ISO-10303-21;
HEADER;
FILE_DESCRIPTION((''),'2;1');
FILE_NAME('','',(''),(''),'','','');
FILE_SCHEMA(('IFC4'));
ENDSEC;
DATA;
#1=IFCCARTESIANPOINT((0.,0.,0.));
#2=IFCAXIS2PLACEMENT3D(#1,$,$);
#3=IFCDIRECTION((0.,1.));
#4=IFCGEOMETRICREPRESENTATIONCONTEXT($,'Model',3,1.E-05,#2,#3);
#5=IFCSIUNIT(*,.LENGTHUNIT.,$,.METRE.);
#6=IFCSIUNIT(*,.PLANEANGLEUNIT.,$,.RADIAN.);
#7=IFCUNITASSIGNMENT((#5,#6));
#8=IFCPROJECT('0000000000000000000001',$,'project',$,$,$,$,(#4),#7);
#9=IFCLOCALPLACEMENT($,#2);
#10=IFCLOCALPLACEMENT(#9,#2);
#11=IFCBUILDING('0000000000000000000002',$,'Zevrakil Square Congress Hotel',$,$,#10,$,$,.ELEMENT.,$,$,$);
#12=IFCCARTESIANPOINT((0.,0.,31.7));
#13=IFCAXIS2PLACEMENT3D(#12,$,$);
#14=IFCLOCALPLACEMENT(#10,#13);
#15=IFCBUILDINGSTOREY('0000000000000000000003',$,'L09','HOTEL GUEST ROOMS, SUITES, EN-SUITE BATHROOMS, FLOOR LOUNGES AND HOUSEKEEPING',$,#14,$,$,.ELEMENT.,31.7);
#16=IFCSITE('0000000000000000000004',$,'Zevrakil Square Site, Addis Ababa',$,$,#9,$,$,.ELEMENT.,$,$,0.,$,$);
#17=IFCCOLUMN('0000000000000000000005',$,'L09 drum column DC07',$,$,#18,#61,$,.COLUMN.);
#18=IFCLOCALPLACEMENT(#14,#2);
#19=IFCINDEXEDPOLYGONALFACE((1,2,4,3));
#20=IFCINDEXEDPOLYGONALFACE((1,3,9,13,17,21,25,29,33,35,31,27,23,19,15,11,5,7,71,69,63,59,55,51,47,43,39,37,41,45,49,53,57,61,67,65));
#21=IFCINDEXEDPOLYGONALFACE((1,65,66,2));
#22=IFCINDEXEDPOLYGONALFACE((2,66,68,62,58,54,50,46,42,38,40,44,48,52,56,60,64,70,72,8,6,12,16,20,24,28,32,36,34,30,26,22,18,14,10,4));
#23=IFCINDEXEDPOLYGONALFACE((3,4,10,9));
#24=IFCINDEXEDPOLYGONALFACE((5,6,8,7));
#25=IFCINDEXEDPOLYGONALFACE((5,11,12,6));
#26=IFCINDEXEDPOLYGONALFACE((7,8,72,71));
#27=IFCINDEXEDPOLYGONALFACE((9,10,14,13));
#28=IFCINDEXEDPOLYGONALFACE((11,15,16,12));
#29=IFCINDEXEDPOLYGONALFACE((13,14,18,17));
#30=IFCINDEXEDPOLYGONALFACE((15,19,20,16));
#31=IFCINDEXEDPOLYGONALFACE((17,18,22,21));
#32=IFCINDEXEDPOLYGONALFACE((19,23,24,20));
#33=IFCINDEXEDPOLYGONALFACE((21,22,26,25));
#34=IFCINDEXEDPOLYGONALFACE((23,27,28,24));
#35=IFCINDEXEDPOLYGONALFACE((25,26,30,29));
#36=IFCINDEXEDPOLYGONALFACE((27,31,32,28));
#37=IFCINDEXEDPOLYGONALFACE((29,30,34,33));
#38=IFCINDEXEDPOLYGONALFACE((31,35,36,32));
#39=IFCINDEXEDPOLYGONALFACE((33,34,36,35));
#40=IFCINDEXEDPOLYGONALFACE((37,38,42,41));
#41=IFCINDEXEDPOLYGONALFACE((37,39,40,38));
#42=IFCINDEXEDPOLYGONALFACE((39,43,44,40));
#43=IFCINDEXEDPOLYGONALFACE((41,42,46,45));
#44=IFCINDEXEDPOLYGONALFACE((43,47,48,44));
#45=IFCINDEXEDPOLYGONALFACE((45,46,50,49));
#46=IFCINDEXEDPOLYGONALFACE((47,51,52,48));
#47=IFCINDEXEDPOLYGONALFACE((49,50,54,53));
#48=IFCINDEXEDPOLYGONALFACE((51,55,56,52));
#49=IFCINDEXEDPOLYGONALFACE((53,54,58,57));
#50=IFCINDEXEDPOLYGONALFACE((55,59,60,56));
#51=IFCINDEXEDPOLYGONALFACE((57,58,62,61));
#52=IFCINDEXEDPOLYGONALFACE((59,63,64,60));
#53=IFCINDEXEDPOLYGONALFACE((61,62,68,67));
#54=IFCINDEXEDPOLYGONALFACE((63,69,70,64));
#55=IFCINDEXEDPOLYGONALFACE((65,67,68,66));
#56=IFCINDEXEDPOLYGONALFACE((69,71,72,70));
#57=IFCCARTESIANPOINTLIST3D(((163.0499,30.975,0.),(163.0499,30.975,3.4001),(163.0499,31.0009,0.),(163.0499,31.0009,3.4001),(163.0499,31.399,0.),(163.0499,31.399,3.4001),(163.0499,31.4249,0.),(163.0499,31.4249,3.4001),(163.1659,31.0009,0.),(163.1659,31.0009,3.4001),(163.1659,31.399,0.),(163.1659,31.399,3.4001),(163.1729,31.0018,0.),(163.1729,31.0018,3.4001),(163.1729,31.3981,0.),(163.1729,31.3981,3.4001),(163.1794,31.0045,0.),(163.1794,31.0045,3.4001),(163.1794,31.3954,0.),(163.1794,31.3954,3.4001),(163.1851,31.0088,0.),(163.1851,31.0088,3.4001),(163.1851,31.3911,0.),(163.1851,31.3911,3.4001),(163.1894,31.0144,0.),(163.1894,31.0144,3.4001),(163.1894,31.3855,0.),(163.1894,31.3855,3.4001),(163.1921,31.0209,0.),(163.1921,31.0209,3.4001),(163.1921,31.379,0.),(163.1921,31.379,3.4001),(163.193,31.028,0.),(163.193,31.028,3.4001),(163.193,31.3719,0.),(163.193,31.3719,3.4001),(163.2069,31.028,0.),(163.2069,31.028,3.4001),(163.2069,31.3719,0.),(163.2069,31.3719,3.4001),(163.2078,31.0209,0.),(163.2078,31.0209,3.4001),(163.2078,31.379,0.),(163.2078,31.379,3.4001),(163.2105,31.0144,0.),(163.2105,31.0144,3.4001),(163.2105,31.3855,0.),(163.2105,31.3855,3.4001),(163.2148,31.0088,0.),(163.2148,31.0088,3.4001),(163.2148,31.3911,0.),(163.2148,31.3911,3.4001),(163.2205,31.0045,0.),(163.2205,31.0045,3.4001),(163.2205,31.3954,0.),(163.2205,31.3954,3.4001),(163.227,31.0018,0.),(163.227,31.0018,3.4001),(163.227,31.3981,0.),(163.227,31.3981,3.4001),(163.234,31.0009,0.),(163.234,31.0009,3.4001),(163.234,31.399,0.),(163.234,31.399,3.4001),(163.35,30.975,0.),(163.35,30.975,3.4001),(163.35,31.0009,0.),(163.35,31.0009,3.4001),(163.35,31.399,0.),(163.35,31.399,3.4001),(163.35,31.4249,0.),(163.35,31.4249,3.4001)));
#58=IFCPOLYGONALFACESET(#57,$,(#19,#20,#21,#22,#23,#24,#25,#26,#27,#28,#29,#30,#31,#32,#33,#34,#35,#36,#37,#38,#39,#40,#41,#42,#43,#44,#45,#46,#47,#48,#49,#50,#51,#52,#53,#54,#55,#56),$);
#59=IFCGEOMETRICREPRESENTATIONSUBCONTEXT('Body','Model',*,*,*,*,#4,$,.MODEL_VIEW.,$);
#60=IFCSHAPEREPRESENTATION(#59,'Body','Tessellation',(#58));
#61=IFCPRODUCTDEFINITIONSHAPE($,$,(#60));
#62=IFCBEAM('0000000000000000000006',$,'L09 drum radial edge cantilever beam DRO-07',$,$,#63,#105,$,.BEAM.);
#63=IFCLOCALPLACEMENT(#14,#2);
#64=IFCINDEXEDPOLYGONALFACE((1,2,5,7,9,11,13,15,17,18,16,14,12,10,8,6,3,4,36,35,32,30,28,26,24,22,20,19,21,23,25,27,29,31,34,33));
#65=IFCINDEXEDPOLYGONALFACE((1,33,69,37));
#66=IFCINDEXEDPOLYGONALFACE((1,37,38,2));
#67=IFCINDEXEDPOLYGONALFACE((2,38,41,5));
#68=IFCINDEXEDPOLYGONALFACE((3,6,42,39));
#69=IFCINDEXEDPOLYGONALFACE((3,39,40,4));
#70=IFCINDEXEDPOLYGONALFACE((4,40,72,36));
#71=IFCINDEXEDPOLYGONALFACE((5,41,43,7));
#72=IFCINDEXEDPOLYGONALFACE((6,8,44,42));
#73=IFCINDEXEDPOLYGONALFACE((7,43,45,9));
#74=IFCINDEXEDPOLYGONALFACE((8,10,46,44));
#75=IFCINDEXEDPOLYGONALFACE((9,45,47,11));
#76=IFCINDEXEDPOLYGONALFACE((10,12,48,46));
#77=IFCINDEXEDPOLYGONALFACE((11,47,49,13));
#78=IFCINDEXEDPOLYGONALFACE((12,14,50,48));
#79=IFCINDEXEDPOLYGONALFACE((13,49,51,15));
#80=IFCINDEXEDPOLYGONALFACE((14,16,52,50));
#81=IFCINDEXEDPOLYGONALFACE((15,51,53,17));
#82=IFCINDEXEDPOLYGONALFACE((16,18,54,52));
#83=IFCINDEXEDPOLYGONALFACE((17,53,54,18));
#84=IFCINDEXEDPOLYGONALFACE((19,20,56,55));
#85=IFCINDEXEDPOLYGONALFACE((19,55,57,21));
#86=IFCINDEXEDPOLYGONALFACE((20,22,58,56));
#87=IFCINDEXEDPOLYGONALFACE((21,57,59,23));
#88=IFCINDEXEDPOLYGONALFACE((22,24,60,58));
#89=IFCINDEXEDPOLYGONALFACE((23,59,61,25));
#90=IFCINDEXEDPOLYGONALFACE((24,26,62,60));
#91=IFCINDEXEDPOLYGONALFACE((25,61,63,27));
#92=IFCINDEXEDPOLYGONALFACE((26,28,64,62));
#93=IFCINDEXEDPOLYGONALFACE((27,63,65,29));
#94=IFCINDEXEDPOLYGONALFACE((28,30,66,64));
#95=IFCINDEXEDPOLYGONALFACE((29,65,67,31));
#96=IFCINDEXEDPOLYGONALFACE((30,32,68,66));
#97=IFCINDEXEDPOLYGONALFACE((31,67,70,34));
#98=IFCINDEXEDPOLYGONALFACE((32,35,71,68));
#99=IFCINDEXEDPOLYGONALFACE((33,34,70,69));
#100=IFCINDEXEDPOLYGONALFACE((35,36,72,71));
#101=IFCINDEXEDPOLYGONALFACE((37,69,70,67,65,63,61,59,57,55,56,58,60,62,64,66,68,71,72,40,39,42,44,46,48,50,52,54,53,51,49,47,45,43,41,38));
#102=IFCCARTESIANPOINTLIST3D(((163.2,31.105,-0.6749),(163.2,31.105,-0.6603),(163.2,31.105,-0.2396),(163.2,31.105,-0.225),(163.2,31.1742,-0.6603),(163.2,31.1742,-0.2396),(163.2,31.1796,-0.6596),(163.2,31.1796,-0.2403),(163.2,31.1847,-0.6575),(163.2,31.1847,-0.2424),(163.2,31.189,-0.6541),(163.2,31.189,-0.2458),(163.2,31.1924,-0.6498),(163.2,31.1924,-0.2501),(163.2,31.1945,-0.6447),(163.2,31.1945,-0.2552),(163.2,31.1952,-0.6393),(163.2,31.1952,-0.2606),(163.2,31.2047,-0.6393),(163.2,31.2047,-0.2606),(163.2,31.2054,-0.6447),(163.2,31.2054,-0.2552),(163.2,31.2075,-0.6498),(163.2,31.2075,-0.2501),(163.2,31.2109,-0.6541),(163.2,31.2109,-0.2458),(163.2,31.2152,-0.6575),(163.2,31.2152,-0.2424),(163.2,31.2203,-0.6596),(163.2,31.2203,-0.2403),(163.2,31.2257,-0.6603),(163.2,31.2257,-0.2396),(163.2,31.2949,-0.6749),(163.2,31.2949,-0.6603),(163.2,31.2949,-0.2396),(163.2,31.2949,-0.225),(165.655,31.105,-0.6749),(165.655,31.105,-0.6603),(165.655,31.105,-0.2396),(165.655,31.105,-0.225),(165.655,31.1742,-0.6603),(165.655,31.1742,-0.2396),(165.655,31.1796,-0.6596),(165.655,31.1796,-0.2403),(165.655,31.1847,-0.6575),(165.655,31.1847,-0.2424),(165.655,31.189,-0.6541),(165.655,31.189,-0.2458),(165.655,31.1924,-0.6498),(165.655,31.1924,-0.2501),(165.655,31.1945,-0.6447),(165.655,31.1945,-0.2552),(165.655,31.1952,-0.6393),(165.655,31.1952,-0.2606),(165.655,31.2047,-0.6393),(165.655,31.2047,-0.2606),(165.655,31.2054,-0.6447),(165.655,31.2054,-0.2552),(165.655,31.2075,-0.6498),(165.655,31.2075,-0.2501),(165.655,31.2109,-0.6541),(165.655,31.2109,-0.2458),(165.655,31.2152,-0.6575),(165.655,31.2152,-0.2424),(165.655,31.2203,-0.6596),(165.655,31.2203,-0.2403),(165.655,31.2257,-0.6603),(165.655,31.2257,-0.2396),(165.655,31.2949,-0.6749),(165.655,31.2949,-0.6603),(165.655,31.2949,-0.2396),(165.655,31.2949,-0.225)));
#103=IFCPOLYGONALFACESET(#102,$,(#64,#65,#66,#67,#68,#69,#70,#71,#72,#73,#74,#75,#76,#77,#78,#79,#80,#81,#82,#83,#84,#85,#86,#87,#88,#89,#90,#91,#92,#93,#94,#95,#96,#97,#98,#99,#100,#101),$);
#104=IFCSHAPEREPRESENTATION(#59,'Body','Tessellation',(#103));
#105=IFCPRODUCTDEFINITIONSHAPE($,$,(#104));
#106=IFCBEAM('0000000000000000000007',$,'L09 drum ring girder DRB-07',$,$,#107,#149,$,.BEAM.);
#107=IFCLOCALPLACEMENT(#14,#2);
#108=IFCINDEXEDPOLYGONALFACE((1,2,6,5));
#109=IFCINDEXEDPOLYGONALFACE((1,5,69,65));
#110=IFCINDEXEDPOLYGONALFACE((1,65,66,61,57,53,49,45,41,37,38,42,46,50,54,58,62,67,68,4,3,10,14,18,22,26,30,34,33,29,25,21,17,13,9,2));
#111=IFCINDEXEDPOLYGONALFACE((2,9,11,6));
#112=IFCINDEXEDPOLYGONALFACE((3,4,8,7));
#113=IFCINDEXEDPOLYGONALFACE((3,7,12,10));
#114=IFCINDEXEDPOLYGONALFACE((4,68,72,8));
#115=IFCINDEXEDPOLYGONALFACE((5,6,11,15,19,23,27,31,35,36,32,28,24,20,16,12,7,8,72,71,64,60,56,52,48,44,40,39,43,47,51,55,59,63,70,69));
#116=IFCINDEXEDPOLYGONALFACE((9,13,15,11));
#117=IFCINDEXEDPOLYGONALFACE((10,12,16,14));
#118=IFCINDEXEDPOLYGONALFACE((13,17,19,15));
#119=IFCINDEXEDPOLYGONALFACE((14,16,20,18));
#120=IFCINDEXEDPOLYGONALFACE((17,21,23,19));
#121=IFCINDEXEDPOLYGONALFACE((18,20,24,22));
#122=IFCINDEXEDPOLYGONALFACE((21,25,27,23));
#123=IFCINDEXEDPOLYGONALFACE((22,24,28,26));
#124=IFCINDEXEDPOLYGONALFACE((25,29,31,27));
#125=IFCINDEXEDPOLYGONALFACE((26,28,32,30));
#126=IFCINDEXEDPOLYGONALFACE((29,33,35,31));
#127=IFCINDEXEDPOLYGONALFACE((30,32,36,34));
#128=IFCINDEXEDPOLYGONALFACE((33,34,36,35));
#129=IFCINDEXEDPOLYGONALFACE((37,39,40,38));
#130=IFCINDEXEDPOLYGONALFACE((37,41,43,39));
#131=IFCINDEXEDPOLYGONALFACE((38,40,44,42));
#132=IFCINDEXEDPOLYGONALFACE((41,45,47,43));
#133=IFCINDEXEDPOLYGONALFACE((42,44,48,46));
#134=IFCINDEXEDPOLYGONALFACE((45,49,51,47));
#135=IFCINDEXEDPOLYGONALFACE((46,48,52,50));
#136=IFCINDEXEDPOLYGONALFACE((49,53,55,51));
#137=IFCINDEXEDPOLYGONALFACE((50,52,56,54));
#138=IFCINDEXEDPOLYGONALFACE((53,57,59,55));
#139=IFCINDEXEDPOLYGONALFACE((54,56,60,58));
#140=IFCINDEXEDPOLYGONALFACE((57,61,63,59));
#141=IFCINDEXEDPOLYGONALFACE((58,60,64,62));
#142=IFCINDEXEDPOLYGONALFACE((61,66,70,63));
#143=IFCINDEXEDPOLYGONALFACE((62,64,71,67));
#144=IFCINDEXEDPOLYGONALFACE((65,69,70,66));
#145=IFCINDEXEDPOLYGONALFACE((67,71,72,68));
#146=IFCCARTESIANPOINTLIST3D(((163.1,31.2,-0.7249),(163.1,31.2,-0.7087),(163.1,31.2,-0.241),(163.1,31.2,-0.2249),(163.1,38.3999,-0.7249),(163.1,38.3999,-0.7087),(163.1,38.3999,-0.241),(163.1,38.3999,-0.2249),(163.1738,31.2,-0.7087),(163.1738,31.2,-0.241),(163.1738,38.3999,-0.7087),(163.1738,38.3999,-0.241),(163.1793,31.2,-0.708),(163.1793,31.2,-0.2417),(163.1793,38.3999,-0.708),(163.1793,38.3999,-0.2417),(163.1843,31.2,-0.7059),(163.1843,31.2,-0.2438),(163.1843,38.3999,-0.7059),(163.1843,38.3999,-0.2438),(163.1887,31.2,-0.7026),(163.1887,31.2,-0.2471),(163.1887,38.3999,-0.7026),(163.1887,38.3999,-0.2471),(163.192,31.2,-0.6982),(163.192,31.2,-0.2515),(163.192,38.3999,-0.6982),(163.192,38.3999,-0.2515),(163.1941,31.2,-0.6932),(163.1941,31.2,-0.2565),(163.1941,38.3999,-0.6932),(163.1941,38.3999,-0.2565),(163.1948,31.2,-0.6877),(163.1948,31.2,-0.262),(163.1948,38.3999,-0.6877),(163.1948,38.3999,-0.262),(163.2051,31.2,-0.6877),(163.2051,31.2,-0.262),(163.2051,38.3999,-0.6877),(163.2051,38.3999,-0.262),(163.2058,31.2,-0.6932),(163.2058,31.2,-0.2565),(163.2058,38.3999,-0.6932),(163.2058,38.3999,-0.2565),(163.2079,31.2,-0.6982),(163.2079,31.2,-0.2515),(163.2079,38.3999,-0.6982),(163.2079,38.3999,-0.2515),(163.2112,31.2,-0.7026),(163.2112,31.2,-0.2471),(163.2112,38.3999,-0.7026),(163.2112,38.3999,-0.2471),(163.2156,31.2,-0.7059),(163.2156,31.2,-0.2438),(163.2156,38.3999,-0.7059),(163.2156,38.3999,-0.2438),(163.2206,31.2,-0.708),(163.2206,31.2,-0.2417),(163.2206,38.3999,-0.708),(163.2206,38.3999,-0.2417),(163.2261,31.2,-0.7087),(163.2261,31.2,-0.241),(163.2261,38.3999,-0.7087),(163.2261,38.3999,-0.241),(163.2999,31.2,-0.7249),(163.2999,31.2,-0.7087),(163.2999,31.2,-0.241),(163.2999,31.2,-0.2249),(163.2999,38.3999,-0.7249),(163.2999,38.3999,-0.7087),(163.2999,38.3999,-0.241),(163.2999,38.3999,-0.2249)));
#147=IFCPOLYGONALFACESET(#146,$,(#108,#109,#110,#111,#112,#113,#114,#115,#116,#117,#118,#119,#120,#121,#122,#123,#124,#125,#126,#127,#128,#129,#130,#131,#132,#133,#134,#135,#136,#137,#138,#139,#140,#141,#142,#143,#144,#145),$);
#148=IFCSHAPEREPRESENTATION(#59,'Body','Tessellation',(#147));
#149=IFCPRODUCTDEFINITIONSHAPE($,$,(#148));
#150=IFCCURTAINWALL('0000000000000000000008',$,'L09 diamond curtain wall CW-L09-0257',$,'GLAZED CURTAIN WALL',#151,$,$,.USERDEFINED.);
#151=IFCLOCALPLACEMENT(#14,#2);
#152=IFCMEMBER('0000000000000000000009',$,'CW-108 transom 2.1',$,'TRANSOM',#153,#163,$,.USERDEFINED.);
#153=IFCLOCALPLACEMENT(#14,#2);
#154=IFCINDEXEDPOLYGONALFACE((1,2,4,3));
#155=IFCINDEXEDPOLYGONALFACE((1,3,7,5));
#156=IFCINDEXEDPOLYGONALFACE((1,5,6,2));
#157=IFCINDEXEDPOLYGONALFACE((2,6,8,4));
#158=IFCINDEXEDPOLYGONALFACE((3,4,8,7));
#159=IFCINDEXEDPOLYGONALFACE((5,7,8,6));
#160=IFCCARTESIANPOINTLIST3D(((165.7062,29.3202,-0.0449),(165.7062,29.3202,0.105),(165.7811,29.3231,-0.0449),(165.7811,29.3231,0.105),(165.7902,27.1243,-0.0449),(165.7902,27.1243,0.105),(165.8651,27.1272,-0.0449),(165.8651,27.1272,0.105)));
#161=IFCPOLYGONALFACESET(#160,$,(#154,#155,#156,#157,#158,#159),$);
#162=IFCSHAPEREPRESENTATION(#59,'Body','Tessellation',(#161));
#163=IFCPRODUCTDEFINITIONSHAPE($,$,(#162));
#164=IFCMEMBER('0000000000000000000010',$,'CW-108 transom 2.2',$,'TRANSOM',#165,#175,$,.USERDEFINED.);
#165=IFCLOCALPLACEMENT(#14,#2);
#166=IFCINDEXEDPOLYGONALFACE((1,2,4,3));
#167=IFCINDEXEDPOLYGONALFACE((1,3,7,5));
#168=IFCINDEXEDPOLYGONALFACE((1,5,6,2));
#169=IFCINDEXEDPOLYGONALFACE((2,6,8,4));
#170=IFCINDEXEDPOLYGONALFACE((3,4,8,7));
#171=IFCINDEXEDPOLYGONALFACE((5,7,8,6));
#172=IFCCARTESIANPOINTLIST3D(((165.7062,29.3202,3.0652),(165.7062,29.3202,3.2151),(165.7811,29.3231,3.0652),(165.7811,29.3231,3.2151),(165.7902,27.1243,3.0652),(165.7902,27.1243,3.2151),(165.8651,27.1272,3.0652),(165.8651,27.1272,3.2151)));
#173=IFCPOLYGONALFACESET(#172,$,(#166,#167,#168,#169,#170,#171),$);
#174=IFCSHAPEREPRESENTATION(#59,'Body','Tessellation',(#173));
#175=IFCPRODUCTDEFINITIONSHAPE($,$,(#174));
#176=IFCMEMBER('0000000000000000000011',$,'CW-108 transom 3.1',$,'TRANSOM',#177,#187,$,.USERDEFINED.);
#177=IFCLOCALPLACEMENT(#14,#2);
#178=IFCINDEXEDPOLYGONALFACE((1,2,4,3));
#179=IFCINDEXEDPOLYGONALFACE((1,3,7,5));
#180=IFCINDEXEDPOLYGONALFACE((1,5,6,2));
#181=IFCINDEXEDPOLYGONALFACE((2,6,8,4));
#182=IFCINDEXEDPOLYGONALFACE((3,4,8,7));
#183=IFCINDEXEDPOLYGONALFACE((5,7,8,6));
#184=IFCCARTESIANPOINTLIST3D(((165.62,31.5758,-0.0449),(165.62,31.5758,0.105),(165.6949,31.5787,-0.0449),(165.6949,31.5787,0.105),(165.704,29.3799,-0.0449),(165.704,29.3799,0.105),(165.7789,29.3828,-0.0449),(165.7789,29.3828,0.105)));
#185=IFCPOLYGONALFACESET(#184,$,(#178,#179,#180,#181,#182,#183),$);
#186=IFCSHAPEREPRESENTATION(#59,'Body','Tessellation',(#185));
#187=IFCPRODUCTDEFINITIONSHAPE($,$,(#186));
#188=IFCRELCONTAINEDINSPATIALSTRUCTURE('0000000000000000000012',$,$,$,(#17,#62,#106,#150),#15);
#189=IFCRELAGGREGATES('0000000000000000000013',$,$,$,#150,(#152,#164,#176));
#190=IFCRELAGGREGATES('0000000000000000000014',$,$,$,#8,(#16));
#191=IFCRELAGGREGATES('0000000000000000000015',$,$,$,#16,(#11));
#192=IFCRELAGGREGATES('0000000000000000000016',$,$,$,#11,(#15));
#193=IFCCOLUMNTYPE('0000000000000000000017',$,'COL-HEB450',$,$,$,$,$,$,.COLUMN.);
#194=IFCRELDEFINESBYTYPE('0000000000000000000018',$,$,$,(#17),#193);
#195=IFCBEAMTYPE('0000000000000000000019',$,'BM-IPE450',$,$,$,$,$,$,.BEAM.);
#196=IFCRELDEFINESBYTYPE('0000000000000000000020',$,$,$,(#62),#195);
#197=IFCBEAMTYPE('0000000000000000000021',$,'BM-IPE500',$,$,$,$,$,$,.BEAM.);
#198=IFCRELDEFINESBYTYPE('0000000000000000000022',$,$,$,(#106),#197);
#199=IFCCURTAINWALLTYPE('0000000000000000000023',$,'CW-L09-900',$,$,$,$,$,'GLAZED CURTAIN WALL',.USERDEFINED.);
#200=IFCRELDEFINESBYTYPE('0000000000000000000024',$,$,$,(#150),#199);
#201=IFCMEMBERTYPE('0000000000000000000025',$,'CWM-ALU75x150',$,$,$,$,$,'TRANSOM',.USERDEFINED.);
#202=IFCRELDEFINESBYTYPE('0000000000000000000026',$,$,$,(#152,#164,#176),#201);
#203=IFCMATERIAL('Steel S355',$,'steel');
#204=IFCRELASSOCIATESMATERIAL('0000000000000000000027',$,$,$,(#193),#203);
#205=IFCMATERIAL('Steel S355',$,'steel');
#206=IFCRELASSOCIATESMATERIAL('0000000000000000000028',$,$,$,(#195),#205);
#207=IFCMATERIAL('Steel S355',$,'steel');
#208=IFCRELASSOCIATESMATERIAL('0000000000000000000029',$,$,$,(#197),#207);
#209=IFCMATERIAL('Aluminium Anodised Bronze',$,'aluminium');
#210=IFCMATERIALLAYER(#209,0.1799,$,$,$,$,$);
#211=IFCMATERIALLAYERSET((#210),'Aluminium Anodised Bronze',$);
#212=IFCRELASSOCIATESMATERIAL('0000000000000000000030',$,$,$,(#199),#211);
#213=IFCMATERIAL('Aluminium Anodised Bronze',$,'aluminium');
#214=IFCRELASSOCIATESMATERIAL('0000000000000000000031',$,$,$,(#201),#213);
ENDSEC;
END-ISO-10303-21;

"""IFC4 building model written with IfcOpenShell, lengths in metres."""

from ifc_helpers import new_model, si_unit, direction, frame, origin, origin_2d, place, context, subcontext, project, spatial, rectangle, i_section, extrude, material, layer, layer_set, material_profile, profile_set, type_object, element, aggregate, save


model = new_model("IFC4")

# Units and contexts
model_context = context("Model", 3, precision=1e-05, world=origin(), true_north=direction((0.0, 1.0)))
body_context = subcontext(model_context, "Body", "Model", "MODEL_VIEW")
ifc_project = project(units=[si_unit("LENGTHUNIT", "METRE"), si_unit("PLANEANGLEUNIT", "RADIAN")], contexts=[model_context])

# Site, building, storey
site_placement = place(None, origin())
site = spatial("IfcSite", under=ifc_project, at=site_placement, Name="Zevrakil Square Site, Addis Ababa", CompositionType="ELEMENT", RefElevation=0.0)
building_placement = place(site_placement, origin())
building = spatial("IfcBuilding", under=site, at=building_placement, Name="Zevrakil Square Congress Hotel", CompositionType="ELEMENT")
storey_placement = place(building_placement, frame((0.0, 0.0, 31.7)))
storey = spatial("IfcBuildingStorey", under=building, at=storey_placement, Name="L09", Description="HOTEL GUEST ROOMS, SUITES, EN-SUITE BATHROOMS, FLOOR LOUNGES AND HOUSEKEEPING", CompositionType="ELEMENT", Elevation=31.7)

# Column
ifc_material_1 = material(Name="Steel S355", Category="steel")
ifc_material_profile_1 = material_profile(ifc_material_1, i_section(OverallWidth=0.3, OverallDepth=0.45, WebThickness=0.0139, FlangeThickness=0.0259, FilletRadius=0.0271, at=origin_2d()), Name="HEB 450")
ifc_profile_set_1 = profile_set([ifc_material_profile_1], Name="Steel S355")
column_type = type_object("IfcColumnType", Name="COL-HEB450", PredefinedType="COLUMN", material=ifc_profile_set_1)
column_placement = place(storey_placement, frame((163.2, 31.2, 0.0), z_axis=(0.0, 0.0, 1.0), x_axis=(1.0, 0.0, 0.0)))
element("IfcColumn", 1, at=column_placement, inside=storey, type_object=column_type, Name="L09 drum column DC07", PredefinedType="COLUMN", context=body_context, shape_type="SweptSolid", body=[
    extrude(i_section(OverallWidth=0.3, OverallDepth=0.45, WebThickness=0.0139, FlangeThickness=0.0259, FilletRadius=0.0271, at=origin_2d()), origin(), (0.0, 0.0, 1.0), 3.4001),
])

# Beams
ifc_material_2 = material(Name="Steel S355", Category="steel")
ifc_material_profile_2 = material_profile(ifc_material_2, i_section(OverallWidth=0.1899, OverallDepth=0.45, WebThickness=0.0095, FlangeThickness=0.0146, FilletRadius=0.021, at=origin_2d()), Name="IPE 450")
ifc_profile_set_2 = profile_set([ifc_material_profile_2], Name="Steel S355")
beam_type_1 = type_object("IfcBeamType", Name="BM-IPE450", PredefinedType="BEAM", material=ifc_profile_set_2)
beam_1_placement = place(storey_placement, frame((163.2, 31.2, -0.45), z_axis=(1.0, 0.0, 0.0), x_axis=(0.0, 1.0, 0.0)))
element("IfcBeam", 2, at=beam_1_placement, inside=storey, type_object=beam_type_1, Name="L09 drum radial edge cantilever beam DRO-07", PredefinedType="BEAM", context=body_context, shape_type="SweptSolid", body=[
    extrude(i_section(OverallWidth=0.1899, OverallDepth=0.45, WebThickness=0.0095, FlangeThickness=0.0146, FilletRadius=0.021, at=origin_2d()), origin(), (0.0, 0.0, 1.0), 2.4551),
])
ifc_material_3 = material(Name="Steel S355", Category="steel")
ifc_material_profile_3 = material_profile(ifc_material_3, i_section(OverallWidth=0.2, OverallDepth=0.5, WebThickness=0.0103, FlangeThickness=0.0161, FilletRadius=0.021, at=origin_2d()), Name="IPE 500")
ifc_profile_set_3 = profile_set([ifc_material_profile_3], Name="Steel S355")
beam_type_2 = type_object("IfcBeamType", Name="BM-IPE500", PredefinedType="BEAM", material=ifc_profile_set_3)
beam_2_placement = place(storey_placement, frame((163.2, 31.2, -0.4749), z_axis=(0.0, 1.0, 0.0), x_axis=(-1.0, 0.0, 0.0)))
element("IfcBeam", 3, at=beam_2_placement, inside=storey, type_object=beam_type_2, Name="L09 drum ring girder DRB-07", PredefinedType="BEAM", context=body_context, shape_type="SweptSolid", body=[
    extrude(i_section(OverallWidth=0.2, OverallDepth=0.5, WebThickness=0.0103, FlangeThickness=0.0161, FilletRadius=0.021, at=origin_2d()), origin(), (0.0, 0.0, 1.0), 7.2),
])

# Curtain wall, members
ifc_material_4 = material(Name="Aluminium Anodised Bronze", Category="aluminium")
ifc_layer_1 = layer(ifc_material_4, 0.1799)
ifc_layer_set_1 = layer_set([ifc_layer_1], Name="Aluminium Anodised Bronze")
curtain_wall_type_1 = type_object("IfcCurtainWallType", Name="CW-L09-900", ElementType="GLAZED CURTAIN WALL", PredefinedType="USERDEFINED", material=ifc_layer_set_1)
curtain_wall_1_placement = place(storey_placement, origin())
curtain_wall_1 = element("IfcCurtainWall", 4, at=curtain_wall_1_placement, inside=storey, type_object=curtain_wall_type_1, Name="L09 diamond curtain wall CW-L09-0257", ObjectType="GLAZED CURTAIN WALL", PredefinedType="USERDEFINED")
ifc_material_5 = material(Name="Aluminium Anodised Bronze", Category="aluminium")
ifc_material_profile_4 = material_profile(ifc_material_5, rectangle(XDim=0.075, YDim=0.1499, at=origin_2d()), Name="ALU 75x150")
ifc_profile_set_4 = profile_set([ifc_material_profile_4], Name="Aluminium Anodised Bronze")
member_type_1 = type_object("IfcMemberType", Name="CWM-ALU75x150", ElementType="TRANSOM", PredefinedType="USERDEFINED", material=ifc_profile_set_4)
member_1_placement = place(storey_placement, frame((165.8276, 27.1257, 0.03), z_axis=(-0.03822, 0.999269, 0.0), x_axis=(-0.999269, -0.03822, 0.0)))
member_1 = element("IfcMember", 5, at=member_1_placement, type_object=member_type_1, Name="CW-108 transom 2.1", ObjectType="TRANSOM", PredefinedType="USERDEFINED", context=body_context, shape_type="SweptSolid", body=[
    extrude(rectangle(XDim=0.075, YDim=0.1499, at=origin_2d()), origin(), (0.0, 0.0, 1.0), 2.1975),
])
member_2_placement = place(storey_placement, frame((165.8276, 27.1257, 3.1401), z_axis=(-0.03822, 0.999269, 0.0), x_axis=(-0.999269, -0.03822, 0.0)))
member_2 = element("IfcMember", 6, at=member_2_placement, type_object=member_type_1, Name="CW-108 transom 2.2", ObjectType="TRANSOM", PredefinedType="USERDEFINED", context=body_context, shape_type="SweptSolid", body=[
    extrude(rectangle(XDim=0.075, YDim=0.1499, at=origin_2d()), origin(), (0.0, 0.0, 1.0), 2.1975),
])
member_3_placement = place(storey_placement, frame((165.7415, 29.3813, 0.03), z_axis=(-0.03822, 0.999269, 0.0), x_axis=(-0.999269, -0.03822, 0.0)))
member_3 = element("IfcMember", 7, at=member_3_placement, type_object=member_type_1, Name="CW-108 transom 3.1", ObjectType="TRANSOM", PredefinedType="USERDEFINED", context=body_context, shape_type="SweptSolid", body=[
    extrude(rectangle(XDim=0.075, YDim=0.1499, at=origin_2d()), origin(), (0.0, 0.0, 1.0), 2.1975),
])

aggregate(curtain_wall_1, [member_1, member_2, member_3])

save(model, "model.ifc")
